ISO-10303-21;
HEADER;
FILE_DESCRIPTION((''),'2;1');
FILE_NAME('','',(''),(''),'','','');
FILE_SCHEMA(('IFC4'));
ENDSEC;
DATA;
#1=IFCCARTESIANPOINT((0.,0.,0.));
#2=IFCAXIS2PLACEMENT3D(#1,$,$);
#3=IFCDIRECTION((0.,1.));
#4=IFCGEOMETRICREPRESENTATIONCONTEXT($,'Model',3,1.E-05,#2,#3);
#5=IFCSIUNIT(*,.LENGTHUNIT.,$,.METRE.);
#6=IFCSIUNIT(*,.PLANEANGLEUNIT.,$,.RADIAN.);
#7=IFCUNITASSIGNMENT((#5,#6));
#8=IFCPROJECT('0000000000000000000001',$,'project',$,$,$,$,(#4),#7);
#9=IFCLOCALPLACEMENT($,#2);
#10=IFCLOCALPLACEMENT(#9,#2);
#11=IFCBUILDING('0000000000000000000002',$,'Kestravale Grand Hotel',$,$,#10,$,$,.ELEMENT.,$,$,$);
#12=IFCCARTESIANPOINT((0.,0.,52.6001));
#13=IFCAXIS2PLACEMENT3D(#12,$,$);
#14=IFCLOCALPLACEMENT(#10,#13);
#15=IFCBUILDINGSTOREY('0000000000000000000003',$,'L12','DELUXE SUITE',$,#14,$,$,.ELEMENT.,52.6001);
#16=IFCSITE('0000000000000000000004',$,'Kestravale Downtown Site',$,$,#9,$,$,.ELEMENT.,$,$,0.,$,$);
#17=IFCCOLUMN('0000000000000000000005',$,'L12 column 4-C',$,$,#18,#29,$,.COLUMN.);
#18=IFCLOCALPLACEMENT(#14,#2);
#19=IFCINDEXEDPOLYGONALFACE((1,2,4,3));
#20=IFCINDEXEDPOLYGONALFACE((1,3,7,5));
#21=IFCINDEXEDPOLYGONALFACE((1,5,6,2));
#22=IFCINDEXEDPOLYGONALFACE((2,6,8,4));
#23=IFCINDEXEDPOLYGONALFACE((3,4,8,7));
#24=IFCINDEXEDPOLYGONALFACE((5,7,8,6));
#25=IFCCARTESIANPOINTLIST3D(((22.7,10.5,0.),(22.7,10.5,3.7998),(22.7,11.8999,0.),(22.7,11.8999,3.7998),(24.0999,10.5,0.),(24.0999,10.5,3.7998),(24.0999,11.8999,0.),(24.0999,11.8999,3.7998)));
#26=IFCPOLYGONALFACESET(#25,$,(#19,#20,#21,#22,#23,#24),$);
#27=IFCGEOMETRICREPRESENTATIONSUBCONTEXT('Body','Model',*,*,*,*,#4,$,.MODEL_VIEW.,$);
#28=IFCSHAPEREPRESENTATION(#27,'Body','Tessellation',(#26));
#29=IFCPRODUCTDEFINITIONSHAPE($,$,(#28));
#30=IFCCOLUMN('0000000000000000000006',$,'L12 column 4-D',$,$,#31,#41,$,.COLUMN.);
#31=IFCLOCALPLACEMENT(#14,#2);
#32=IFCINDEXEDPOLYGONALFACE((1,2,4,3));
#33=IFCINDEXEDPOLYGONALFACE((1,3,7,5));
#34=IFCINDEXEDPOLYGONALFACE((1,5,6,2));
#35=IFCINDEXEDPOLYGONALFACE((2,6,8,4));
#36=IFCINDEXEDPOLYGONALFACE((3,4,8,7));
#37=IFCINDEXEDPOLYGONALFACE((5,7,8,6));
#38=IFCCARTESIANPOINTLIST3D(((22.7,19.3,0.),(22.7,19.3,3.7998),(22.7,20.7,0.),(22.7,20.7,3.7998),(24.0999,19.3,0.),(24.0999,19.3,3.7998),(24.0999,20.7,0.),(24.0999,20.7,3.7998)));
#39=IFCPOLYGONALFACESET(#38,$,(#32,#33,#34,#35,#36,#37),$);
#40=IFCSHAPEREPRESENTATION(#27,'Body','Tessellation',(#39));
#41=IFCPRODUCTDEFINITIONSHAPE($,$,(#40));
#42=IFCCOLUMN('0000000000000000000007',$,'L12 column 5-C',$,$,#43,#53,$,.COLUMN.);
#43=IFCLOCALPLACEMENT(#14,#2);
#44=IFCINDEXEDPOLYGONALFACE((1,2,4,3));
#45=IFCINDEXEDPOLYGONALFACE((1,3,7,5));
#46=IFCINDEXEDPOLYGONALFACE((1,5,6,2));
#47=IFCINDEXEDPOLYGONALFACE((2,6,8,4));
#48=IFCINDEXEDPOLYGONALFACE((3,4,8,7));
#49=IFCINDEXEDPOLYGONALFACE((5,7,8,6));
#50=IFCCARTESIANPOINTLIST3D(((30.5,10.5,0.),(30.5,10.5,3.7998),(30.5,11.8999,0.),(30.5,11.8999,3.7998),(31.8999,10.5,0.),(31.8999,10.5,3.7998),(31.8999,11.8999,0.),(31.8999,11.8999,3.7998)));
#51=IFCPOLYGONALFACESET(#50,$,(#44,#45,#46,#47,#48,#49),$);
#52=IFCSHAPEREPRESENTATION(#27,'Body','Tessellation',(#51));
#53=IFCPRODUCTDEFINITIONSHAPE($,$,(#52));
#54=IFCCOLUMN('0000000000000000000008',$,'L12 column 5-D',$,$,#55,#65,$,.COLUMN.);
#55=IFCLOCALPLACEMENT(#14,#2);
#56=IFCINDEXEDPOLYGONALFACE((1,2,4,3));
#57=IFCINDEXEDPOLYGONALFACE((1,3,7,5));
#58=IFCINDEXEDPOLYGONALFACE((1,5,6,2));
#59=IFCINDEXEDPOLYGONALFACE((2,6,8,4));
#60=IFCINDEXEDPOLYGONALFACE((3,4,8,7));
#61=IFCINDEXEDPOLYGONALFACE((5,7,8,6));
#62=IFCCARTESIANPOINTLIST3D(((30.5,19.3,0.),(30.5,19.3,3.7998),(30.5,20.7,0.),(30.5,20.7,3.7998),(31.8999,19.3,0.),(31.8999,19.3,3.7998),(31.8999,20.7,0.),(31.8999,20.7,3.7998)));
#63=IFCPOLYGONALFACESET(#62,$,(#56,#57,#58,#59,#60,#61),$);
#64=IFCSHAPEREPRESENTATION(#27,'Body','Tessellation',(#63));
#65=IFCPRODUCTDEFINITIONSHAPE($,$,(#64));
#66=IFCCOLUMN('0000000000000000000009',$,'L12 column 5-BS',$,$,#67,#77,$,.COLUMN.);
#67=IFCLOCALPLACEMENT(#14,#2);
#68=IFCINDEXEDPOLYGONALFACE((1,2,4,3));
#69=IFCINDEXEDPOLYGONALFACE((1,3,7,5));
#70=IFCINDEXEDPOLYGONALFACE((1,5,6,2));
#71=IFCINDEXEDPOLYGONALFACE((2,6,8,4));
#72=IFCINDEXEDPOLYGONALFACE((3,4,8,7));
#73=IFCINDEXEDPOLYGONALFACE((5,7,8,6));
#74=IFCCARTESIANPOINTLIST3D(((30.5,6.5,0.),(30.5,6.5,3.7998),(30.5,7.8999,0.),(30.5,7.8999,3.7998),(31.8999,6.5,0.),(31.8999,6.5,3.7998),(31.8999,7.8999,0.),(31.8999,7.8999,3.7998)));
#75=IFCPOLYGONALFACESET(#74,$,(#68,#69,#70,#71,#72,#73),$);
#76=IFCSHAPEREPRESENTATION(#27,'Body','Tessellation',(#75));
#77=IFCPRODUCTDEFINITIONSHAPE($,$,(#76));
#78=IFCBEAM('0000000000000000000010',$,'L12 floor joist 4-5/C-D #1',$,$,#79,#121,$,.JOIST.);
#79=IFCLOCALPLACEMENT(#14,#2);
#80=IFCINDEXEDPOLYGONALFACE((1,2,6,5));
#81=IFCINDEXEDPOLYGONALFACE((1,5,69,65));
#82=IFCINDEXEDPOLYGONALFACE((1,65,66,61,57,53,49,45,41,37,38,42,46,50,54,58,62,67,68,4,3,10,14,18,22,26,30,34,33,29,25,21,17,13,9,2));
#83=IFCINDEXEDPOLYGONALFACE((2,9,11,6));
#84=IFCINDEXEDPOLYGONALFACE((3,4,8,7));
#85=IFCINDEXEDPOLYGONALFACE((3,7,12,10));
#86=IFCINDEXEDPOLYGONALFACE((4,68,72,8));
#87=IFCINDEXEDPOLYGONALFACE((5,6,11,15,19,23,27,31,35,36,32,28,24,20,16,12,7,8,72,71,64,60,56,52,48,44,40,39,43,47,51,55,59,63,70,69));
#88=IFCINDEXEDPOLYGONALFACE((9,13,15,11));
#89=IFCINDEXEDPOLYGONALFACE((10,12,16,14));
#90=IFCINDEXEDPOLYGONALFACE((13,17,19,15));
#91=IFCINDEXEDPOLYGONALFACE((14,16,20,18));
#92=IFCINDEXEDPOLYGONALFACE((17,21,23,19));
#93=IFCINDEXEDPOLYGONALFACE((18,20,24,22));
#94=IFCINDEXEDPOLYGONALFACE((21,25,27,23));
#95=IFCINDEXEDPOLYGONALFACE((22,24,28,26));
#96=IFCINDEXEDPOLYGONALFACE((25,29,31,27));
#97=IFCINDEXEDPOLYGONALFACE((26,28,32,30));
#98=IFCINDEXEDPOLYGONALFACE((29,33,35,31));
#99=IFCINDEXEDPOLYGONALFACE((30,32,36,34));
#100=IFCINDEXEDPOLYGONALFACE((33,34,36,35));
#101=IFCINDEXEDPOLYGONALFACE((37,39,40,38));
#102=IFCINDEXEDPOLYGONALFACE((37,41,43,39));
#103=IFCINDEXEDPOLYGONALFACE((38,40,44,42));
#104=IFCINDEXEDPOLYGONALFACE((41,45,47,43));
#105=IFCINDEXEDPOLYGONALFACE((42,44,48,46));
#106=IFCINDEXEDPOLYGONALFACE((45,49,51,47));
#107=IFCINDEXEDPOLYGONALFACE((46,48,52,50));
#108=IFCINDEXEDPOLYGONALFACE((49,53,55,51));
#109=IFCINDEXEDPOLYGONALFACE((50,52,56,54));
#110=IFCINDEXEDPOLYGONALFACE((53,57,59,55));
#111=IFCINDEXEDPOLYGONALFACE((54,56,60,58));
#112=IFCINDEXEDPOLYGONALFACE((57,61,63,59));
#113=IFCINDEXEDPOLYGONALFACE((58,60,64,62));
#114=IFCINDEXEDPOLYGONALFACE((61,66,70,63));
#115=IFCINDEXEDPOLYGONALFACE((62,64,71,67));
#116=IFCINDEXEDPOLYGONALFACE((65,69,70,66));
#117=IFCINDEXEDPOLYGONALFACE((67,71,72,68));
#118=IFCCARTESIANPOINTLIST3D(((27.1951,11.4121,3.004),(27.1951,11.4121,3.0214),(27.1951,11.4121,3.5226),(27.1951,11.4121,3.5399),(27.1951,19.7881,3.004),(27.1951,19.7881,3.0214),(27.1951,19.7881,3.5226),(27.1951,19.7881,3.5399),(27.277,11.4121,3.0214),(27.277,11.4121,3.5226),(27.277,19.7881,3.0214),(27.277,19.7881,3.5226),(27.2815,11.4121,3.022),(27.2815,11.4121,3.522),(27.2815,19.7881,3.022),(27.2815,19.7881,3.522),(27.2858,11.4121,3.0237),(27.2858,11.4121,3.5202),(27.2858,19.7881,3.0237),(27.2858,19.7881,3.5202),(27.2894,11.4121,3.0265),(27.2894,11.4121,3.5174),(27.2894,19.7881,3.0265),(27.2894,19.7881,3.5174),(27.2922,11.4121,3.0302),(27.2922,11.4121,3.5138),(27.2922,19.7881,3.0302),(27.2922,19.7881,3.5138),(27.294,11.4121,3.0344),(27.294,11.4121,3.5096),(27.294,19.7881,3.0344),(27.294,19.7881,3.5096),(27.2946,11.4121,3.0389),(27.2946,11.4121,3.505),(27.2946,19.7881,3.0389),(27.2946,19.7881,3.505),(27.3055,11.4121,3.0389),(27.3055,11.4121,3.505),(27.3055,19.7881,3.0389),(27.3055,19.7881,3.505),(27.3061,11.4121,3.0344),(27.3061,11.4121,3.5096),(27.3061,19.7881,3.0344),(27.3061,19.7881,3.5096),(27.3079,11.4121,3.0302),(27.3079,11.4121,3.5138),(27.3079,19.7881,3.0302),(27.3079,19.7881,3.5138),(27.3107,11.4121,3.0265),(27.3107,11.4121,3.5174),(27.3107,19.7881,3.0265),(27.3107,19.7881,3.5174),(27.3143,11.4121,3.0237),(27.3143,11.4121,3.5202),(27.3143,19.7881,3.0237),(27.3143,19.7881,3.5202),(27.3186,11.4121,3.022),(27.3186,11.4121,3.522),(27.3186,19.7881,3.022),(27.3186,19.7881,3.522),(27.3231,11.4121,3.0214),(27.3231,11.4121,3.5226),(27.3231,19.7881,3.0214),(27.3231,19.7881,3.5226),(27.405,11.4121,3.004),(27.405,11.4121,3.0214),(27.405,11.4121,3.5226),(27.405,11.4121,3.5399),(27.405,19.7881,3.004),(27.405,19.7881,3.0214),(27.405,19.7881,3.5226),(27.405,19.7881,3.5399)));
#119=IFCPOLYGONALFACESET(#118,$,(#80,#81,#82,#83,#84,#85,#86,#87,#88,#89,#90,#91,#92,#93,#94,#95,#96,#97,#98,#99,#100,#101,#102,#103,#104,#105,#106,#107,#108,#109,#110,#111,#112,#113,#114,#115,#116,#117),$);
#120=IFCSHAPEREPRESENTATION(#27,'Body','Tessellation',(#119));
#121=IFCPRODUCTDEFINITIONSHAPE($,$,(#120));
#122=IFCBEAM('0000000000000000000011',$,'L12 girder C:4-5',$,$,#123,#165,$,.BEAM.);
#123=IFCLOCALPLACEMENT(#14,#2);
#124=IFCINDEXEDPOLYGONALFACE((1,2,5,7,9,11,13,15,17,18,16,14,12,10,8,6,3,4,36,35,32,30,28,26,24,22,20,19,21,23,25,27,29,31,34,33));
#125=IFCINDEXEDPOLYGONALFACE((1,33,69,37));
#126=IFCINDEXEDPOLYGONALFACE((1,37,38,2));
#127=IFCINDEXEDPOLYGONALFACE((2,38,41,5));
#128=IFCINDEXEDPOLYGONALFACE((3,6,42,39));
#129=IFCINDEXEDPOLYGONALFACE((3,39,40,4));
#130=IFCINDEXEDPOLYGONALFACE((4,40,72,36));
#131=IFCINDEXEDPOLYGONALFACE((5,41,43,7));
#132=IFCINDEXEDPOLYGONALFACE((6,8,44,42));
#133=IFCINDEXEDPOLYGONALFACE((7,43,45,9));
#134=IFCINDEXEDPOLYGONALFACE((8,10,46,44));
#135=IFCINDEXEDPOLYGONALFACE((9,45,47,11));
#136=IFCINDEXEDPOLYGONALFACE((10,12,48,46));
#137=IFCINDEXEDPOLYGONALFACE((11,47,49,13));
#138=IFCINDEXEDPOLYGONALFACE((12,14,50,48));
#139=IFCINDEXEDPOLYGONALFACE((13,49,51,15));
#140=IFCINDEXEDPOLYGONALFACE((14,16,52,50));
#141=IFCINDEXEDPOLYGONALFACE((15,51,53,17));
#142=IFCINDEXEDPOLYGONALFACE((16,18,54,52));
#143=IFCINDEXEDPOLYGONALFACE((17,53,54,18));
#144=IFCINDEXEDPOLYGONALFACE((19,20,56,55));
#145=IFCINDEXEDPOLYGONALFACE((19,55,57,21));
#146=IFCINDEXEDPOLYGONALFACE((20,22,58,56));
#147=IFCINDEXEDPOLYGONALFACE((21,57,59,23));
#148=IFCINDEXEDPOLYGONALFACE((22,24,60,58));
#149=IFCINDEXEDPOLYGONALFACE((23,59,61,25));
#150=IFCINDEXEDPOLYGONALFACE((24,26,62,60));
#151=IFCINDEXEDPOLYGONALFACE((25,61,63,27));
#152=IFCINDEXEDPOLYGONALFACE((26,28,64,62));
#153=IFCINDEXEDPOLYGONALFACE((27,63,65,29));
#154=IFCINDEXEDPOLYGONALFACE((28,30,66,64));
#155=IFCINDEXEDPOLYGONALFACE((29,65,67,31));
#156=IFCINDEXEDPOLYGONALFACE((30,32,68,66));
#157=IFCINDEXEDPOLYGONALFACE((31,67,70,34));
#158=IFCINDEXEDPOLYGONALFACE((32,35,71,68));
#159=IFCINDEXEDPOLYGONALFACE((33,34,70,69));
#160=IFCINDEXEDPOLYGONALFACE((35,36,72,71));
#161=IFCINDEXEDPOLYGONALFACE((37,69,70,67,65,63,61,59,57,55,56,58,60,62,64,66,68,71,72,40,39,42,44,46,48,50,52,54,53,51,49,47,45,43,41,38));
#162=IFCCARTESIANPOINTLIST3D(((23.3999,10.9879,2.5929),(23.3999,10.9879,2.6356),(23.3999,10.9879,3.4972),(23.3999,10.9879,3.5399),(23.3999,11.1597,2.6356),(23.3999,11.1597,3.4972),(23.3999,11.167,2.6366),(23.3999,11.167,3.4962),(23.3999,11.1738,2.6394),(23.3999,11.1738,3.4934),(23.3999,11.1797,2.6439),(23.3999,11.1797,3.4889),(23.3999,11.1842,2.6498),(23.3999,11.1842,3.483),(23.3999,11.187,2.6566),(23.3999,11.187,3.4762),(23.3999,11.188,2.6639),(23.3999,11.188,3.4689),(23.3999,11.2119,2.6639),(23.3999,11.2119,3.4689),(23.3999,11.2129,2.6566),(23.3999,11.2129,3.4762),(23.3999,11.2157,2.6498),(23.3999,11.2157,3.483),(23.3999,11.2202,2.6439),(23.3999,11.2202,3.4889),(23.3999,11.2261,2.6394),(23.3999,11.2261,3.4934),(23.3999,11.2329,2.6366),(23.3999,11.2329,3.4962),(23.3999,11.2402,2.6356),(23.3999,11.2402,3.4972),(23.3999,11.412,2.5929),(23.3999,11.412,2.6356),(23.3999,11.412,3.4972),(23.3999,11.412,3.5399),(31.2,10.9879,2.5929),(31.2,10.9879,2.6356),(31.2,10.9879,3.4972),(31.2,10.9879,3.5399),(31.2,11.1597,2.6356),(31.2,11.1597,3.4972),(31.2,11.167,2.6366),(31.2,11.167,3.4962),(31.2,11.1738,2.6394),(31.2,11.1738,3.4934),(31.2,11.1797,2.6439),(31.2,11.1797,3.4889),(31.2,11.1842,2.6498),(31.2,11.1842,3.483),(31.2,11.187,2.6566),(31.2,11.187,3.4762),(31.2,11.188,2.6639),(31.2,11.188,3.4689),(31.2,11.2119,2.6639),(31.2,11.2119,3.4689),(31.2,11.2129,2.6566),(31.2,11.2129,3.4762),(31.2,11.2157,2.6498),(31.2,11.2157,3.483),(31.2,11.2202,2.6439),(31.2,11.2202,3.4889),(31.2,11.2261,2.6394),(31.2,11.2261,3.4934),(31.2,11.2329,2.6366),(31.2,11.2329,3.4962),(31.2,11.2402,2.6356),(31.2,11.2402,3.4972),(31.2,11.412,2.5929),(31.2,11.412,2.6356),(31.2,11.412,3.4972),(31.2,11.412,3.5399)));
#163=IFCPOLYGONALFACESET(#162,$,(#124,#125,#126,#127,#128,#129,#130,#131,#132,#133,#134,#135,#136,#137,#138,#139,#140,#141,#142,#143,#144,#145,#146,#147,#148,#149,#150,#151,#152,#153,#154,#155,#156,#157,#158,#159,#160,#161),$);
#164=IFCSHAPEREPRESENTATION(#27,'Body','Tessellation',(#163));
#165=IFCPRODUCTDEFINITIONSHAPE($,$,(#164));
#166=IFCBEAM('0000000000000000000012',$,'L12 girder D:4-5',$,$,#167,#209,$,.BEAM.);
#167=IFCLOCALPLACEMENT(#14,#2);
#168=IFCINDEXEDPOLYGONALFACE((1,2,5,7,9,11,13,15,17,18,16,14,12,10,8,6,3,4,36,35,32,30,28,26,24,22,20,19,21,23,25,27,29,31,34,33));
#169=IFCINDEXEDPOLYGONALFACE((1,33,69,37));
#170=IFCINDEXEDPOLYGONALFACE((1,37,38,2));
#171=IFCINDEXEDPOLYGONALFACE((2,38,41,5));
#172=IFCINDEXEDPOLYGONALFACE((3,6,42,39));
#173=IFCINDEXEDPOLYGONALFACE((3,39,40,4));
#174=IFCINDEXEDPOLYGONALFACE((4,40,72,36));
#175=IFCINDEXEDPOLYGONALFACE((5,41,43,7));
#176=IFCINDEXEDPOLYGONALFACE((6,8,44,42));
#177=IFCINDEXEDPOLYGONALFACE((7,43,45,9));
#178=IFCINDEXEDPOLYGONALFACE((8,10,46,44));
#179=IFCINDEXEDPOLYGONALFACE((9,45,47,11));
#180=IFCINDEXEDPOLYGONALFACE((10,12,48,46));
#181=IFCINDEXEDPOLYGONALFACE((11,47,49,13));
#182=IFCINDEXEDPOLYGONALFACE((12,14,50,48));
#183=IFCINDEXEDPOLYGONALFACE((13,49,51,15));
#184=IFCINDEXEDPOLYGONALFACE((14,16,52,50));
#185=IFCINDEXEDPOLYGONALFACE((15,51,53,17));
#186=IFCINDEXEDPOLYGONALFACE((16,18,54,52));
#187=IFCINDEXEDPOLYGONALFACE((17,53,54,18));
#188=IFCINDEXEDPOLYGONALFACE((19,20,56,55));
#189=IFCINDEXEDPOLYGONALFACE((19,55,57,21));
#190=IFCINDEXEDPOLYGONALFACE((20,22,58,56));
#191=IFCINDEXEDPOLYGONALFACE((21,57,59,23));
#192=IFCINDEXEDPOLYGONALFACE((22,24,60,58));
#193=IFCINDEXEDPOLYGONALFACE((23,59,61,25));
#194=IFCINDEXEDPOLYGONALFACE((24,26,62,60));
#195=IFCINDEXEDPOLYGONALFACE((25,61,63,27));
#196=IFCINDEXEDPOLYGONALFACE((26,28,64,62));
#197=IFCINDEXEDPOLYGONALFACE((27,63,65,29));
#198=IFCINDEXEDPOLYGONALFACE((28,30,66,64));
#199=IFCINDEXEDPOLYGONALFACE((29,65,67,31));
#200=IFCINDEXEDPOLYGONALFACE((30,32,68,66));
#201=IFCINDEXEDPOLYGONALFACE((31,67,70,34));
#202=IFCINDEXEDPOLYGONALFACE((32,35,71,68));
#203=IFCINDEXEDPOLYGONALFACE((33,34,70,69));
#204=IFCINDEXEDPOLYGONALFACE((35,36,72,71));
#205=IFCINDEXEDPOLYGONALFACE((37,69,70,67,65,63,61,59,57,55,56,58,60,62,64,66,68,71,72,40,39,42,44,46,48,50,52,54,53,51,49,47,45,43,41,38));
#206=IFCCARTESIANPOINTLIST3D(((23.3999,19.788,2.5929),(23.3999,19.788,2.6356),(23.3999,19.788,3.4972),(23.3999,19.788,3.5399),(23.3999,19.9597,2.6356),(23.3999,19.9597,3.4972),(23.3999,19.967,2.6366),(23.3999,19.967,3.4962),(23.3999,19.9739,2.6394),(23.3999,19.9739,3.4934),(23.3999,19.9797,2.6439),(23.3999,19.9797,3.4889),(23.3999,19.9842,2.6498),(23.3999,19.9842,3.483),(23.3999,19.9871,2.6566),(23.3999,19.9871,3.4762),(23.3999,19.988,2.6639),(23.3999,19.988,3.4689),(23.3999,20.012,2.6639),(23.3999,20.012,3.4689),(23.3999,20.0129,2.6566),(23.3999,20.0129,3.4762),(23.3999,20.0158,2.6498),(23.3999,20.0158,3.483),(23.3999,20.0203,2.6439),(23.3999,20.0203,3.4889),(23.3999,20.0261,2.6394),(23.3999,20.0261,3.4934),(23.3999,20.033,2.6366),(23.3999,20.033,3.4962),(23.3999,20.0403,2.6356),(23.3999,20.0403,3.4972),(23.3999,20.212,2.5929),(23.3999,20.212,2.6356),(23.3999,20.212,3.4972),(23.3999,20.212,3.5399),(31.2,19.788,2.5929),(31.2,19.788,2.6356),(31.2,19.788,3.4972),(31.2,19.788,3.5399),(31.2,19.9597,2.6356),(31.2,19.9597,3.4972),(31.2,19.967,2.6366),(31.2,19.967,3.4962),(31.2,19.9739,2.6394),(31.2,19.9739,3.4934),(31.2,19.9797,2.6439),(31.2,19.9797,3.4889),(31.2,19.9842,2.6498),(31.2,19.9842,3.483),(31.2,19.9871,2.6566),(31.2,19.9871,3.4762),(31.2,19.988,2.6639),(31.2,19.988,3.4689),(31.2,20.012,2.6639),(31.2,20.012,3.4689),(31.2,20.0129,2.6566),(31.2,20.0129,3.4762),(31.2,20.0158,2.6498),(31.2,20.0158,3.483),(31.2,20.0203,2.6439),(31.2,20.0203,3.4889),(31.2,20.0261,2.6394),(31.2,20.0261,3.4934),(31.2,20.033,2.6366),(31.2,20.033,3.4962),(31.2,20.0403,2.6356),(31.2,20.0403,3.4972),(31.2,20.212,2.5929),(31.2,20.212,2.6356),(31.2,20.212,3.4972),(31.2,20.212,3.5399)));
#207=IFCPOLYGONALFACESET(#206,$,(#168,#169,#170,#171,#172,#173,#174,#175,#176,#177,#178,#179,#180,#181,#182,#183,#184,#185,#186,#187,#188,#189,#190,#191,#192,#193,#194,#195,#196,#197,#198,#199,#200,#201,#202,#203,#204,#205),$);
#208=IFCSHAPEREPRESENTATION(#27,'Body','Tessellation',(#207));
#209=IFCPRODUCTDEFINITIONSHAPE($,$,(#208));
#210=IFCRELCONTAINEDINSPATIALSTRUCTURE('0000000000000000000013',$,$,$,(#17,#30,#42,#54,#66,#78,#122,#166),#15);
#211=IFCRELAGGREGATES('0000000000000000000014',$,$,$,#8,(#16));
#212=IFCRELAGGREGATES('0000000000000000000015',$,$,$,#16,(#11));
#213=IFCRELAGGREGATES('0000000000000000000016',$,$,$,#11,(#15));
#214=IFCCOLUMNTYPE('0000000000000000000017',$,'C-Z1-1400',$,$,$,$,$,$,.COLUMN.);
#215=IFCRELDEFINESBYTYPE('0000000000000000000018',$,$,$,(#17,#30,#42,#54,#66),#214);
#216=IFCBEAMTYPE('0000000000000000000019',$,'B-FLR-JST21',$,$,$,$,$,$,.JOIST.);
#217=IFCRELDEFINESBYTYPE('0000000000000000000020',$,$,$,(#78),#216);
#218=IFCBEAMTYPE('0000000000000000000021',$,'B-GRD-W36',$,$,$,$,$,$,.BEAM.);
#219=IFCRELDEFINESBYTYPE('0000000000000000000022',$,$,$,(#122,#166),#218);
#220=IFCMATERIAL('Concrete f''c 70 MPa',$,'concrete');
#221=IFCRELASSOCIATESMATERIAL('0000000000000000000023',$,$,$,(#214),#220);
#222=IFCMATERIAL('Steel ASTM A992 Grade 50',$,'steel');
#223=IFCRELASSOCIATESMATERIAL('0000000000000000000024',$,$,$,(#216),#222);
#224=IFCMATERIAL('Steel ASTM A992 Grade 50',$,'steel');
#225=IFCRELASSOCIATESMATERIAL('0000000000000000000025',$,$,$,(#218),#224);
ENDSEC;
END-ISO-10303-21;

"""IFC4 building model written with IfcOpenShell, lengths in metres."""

from ifc_helpers import new_model, si_unit, direction, frame, origin, origin_2d, place, context, subcontext, project, spatial, rectangle, i_section, extrude, material, material_profile, profile_set, type_object, element, save


model = new_model("IFC4")

# Units and contexts
model_context = context("Model", 3, precision=1e-05, world=origin(), true_north=direction((0.0, 1.0)))
body_context = subcontext(model_context, "Body", "Model", "MODEL_VIEW")
ifc_project = project(units=[si_unit("LENGTHUNIT", "METRE"), si_unit("PLANEANGLEUNIT", "RADIAN")], contexts=[model_context])

# Site, building, storey
site_placement = place(None, origin())
site = spatial("IfcSite", under=ifc_project, at=site_placement, Name="Kestravale Downtown Site", CompositionType="ELEMENT", RefElevation=0.0)
building_placement = place(site_placement, origin())
building = spatial("IfcBuilding", under=site, at=building_placement, Name="Kestravale Grand Hotel", CompositionType="ELEMENT")
storey_placement = place(building_placement, frame((0.0, 0.0, 52.6001)))
storey = spatial("IfcBuildingStorey", under=building, at=storey_placement, Name="L12", Description="DELUXE SUITE", CompositionType="ELEMENT", Elevation=52.6001)

# Columns
ifc_material_1 = material(Name="Concrete f'c 70 MPa", Category="concrete")
ifc_material_profile_1 = material_profile(ifc_material_1, rectangle(XDim=1.3999, YDim=1.3999, at=origin_2d()))
ifc_profile_set_1 = profile_set([ifc_material_profile_1], Name="Concrete f'c 70 MPa")
column_type = type_object("IfcColumnType", Name="C-Z1-1400", PredefinedType="COLUMN", material=ifc_profile_set_1)
for number, where, z_axis, x_axis, name in (
    (1, (23.3999, 11.2, 0.0), (0.0, 0.0, 1.0), (1.0, 0.0, 0.0), "L12 column 4-C"),
    (2, (23.3999, 20.0, 0.0), (0.0, 0.0, 1.0), (1.0, 0.0, 0.0), "L12 column 4-D"),
    (3, (31.2, 11.2, 0.0), (0.0, 0.0, 1.0), (1.0, 0.0, 0.0), "L12 column 5-C"),
    (4, (31.2, 20.0, 0.0), (0.0, 0.0, 1.0), (1.0, 0.0, 0.0), "L12 column 5-D"),
    (5, (31.2, 7.2, 0.0), (0.0, 0.0, 1.0), (1.0, 0.0, 0.0), "L12 column 5-BS"),
):
    element("IfcColumn", number, at=place(storey_placement, frame(where, z_axis=z_axis, x_axis=x_axis)), inside=storey, type_object=column_type, Name=name, PredefinedType="COLUMN", context=body_context, shape_type="SweptSolid", body=[
        extrude(rectangle(XDim=1.3999, YDim=1.3999, at=origin_2d()), origin(), (0.0, 0.0, 1.0), 3.7998),
    ])

# Beams
ifc_material_2 = material(Name="Steel ASTM A992 Grade 50", Category="steel")
ifc_material_profile_2 = material_profile(ifc_material_2, i_section(OverallWidth=0.21, OverallDepth=0.5359, WebThickness=0.011, FlangeThickness=0.0173, FilletRadius=0.0176, at=origin_2d()))
ifc_profile_set_2 = profile_set([ifc_material_profile_2], Name="Steel ASTM A992 Grade 50")
beam_type_1 = type_object("IfcBeamType", Name="B-FLR-JST21", PredefinedType="JOIST", material=ifc_profile_set_2)
beam_1_placement = place(storey_placement, frame((27.3, 11.4121, 3.272), z_axis=(0.0, 1.0, 0.0), x_axis=(-1.0, 0.0, 0.0)))
element("IfcBeam", 6, at=beam_1_placement, inside=storey, type_object=beam_type_1, Name="L12 floor joist 4-5/C-D #1", PredefinedType="JOIST", context=body_context, shape_type="SweptSolid", body=[
    extrude(i_section(OverallWidth=0.21, OverallDepth=0.5359, WebThickness=0.011, FlangeThickness=0.0173, FilletRadius=0.0176, at=origin_2d()), origin(), (0.0, 0.0, 1.0), 8.376),
])
ifc_material_3 = material(Name="Steel ASTM A992 Grade 50", Category="steel")
ifc_material_profile_3 = material_profile(ifc_material_3, i_section(OverallWidth=0.4241, OverallDepth=0.947, WebThickness=0.0239, FlangeThickness=0.0427, FilletRadius=0.0283, at=origin_2d()))
ifc_profile_set_3 = profile_set([ifc_material_profile_3], Name="Steel ASTM A992 Grade 50")
beam_type_2 = type_object("IfcBeamType", Name="B-GRD-W36", PredefinedType="BEAM", material=ifc_profile_set_3)
for number, where, z_axis, x_axis, name in (
    (7, (23.3999, 11.2, 3.0664), (1.0, 0.0, 0.0), (0.0, 1.0, 0.0), "L12 girder C:4-5"),
    (8, (23.3999, 20.0, 3.0664), (1.0, 0.0, 0.0), (0.0, 1.0, 0.0), "L12 girder D:4-5"),
):
    element("IfcBeam", number, at=place(storey_placement, frame(where, z_axis=z_axis, x_axis=x_axis)), inside=storey, type_object=beam_type_2, Name=name, PredefinedType="BEAM", context=body_context, shape_type="SweptSolid", body=[
        extrude(i_section(OverallWidth=0.4241, OverallDepth=0.947, WebThickness=0.0239, FlangeThickness=0.0427, FilletRadius=0.0283, at=origin_2d()), origin(), (0.0, 0.0, 1.0), 7.8),
    ])

save(model, "model.ifc")
